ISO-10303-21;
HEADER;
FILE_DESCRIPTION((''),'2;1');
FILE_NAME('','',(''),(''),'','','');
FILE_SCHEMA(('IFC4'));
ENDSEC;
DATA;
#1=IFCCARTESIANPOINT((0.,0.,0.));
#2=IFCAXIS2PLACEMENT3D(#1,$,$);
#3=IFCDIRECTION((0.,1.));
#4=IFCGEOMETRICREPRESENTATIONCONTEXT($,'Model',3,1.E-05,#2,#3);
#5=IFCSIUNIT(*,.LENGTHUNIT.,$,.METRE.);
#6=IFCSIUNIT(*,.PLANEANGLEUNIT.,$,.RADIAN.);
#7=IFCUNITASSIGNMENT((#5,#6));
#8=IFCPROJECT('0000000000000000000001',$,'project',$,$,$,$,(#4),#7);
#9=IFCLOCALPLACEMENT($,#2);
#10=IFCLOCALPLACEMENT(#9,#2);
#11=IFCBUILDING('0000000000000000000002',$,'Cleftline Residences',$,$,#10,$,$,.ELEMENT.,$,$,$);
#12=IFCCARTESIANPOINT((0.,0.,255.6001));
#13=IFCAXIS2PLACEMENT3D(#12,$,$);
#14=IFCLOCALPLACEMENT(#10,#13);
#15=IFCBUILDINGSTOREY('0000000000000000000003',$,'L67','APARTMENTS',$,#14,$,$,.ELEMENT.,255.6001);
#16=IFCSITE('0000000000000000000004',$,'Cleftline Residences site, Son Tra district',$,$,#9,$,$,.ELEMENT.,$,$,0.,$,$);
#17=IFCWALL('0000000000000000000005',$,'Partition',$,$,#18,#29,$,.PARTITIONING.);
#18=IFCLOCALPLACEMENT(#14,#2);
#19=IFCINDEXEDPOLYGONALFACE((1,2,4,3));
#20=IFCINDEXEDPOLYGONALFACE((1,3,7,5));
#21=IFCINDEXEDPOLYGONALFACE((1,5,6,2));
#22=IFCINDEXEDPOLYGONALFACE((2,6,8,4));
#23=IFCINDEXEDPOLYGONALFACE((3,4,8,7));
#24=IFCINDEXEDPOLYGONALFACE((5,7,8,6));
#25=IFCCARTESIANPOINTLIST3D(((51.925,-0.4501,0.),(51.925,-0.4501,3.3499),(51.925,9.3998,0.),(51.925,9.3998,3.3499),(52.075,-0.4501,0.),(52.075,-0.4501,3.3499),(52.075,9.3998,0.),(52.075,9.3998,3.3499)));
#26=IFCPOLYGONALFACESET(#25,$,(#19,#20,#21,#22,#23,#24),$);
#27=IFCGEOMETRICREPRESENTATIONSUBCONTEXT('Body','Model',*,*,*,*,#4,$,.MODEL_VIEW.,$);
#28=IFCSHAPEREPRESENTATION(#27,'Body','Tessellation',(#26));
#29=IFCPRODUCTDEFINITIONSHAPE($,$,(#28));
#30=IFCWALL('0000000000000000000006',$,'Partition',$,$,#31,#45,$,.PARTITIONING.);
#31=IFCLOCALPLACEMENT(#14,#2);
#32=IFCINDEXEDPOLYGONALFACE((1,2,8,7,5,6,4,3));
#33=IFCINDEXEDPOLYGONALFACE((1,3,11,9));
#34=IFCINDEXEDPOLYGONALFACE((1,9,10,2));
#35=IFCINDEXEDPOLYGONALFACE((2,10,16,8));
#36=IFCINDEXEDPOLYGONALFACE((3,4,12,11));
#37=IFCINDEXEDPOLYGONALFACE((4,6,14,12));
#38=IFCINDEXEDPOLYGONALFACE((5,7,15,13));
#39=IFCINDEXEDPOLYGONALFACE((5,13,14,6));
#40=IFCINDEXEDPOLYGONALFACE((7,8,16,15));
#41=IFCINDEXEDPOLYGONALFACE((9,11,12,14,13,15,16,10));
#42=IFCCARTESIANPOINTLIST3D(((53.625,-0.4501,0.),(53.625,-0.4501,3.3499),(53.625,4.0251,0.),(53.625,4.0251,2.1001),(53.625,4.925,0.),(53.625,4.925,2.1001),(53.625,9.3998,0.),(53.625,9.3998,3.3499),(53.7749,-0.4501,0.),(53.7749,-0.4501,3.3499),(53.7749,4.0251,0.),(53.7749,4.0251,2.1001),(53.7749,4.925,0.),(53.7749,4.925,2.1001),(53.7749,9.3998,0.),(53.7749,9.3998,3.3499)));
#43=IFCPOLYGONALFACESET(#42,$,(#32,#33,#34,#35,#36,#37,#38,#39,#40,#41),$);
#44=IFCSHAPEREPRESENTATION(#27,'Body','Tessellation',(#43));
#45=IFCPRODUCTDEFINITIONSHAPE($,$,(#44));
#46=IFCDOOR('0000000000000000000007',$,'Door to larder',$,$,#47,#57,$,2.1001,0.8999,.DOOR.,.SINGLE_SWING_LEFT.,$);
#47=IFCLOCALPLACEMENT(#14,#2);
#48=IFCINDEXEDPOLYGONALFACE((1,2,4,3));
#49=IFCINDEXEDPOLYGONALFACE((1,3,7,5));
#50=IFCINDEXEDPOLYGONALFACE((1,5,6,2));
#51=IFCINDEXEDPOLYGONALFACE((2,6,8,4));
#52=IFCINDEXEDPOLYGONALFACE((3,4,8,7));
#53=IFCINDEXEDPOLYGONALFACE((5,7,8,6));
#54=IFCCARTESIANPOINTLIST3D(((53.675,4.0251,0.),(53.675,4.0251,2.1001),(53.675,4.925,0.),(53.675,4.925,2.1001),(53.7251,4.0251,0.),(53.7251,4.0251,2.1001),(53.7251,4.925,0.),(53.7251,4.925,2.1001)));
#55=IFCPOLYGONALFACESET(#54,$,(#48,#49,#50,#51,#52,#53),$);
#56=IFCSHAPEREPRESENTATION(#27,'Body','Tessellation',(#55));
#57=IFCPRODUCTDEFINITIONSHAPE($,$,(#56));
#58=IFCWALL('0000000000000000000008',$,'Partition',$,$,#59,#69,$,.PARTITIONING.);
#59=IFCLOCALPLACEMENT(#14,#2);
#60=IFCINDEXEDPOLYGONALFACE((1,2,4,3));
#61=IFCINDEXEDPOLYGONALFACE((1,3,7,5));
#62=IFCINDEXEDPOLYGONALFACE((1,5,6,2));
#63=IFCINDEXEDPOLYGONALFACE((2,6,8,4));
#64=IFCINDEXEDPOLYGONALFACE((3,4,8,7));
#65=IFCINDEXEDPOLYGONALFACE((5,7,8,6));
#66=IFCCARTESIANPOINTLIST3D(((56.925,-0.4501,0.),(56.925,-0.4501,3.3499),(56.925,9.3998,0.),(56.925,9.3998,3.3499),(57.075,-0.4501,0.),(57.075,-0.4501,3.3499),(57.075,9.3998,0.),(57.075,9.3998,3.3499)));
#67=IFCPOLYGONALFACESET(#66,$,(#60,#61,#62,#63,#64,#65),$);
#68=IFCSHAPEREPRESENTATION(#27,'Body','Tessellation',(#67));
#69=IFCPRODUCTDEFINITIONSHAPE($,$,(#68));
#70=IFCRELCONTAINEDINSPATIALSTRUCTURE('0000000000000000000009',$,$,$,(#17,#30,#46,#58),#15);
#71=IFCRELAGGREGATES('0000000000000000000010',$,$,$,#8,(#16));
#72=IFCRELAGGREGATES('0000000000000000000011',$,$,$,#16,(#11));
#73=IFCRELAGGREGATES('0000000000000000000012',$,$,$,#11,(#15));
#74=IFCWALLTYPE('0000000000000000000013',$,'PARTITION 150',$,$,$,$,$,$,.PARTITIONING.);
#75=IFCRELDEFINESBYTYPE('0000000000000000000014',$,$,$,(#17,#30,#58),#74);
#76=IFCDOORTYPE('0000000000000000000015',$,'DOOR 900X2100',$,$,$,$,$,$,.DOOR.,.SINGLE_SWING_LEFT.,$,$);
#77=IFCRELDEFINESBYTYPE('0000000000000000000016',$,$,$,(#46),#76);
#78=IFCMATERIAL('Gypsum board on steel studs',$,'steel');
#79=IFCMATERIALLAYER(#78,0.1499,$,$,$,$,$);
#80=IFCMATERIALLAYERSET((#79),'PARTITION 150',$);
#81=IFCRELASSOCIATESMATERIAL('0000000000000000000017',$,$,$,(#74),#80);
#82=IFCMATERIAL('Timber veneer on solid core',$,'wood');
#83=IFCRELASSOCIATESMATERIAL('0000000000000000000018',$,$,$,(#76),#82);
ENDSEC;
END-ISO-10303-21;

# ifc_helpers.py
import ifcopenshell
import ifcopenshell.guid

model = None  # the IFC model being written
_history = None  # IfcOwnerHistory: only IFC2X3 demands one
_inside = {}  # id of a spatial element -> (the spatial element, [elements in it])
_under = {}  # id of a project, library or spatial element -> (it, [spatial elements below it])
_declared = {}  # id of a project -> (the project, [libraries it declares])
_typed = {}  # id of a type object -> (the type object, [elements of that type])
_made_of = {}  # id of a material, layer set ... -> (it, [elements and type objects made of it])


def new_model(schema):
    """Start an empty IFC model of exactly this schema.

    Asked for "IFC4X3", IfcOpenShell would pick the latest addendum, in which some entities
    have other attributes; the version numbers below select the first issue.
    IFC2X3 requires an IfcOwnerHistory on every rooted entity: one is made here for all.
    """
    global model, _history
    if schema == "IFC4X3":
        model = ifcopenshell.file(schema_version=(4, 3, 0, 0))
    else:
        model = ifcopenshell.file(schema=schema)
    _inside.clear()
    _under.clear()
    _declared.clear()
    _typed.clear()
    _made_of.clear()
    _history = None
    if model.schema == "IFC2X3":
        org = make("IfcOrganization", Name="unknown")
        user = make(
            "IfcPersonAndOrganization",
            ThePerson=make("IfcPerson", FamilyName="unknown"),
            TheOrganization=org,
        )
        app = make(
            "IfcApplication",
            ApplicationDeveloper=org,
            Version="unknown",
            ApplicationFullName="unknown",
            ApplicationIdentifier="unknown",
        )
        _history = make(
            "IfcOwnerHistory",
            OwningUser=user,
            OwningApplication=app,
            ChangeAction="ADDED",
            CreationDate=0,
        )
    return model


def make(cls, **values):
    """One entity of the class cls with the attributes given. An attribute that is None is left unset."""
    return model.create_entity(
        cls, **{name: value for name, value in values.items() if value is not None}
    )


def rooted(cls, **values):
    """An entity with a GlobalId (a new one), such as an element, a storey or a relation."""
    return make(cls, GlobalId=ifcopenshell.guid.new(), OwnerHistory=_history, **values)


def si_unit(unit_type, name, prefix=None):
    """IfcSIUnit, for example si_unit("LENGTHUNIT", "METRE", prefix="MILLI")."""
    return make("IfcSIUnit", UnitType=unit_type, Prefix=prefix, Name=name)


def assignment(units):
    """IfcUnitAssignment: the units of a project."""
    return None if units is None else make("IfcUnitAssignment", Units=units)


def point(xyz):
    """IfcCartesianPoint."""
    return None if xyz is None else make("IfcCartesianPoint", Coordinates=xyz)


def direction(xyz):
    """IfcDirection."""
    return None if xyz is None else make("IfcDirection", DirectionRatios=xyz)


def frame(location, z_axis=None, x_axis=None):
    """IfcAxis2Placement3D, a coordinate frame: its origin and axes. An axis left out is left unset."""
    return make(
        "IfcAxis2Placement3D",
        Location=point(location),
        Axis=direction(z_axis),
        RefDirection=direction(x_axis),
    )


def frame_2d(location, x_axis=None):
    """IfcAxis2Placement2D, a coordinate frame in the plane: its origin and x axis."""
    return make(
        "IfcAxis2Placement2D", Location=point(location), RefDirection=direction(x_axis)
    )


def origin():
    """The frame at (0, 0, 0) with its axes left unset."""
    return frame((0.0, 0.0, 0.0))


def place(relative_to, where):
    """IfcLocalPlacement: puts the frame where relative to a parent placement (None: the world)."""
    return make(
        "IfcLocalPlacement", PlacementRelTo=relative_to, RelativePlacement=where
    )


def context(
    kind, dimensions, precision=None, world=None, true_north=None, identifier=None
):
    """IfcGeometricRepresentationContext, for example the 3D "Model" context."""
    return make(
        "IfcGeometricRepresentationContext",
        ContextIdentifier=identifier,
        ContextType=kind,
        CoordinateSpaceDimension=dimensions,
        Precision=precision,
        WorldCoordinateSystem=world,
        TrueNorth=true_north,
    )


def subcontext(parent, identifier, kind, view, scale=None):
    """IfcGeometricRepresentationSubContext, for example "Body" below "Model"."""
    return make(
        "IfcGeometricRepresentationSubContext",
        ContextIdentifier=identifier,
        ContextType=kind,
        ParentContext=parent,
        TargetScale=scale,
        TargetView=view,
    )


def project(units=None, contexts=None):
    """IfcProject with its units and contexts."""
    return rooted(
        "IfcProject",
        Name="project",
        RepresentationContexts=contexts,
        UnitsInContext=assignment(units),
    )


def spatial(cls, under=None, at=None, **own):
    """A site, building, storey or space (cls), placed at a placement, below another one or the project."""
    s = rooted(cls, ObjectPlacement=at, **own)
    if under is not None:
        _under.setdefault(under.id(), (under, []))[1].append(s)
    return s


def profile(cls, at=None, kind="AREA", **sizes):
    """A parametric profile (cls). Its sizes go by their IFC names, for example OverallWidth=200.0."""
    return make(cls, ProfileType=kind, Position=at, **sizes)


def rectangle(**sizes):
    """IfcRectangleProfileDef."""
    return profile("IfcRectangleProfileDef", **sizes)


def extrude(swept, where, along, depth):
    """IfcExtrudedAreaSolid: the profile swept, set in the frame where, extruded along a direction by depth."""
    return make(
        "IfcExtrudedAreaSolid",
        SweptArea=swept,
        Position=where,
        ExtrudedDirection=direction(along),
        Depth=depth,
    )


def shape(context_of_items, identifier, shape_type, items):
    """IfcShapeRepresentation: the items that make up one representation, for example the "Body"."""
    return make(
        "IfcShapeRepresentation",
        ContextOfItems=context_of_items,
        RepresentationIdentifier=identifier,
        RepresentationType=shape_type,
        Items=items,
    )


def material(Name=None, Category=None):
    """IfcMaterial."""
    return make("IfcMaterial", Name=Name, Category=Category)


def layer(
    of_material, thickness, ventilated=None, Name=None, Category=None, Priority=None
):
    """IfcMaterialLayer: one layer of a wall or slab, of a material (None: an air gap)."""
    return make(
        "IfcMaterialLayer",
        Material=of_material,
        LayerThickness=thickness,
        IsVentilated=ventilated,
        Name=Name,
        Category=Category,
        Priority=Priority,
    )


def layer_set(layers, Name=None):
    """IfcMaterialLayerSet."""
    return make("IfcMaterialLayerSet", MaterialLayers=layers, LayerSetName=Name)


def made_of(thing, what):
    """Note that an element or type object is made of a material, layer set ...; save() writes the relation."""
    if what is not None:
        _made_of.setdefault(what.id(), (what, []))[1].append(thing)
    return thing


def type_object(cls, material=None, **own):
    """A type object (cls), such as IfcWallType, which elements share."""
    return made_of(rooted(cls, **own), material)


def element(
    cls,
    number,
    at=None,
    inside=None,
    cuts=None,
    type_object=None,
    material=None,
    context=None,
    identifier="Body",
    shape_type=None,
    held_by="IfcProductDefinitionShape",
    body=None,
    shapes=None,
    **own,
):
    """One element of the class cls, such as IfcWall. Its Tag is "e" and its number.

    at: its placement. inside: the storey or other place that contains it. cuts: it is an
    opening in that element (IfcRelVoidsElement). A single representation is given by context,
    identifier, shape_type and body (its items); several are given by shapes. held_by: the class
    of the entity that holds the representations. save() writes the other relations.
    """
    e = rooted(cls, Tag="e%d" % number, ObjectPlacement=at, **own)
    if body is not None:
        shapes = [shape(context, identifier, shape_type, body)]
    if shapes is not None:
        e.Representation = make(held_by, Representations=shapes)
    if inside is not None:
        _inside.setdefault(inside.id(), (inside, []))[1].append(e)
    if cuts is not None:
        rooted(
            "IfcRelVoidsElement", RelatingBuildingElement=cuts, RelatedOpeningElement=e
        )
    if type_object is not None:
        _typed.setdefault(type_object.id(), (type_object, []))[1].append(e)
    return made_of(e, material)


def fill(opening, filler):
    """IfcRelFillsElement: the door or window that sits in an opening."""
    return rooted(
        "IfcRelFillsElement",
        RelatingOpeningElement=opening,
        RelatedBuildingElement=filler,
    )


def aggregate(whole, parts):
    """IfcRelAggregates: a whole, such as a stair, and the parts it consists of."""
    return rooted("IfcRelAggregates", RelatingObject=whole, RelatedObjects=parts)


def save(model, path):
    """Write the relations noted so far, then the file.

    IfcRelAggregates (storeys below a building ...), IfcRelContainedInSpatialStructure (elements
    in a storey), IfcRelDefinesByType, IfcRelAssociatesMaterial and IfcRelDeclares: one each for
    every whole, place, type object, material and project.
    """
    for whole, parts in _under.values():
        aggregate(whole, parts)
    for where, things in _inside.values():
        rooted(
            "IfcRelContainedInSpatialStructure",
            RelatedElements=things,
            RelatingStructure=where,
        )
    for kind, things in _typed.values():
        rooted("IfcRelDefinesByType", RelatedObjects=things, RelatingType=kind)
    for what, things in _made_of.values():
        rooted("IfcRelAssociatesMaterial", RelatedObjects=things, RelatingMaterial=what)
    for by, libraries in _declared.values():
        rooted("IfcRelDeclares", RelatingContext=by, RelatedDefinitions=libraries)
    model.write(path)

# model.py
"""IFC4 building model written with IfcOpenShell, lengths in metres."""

from ifc_helpers import new_model, si_unit, direction, frame, frame_2d, origin, place, context, subcontext, project, spatial, rectangle, extrude, material, layer, layer_set, type_object, element, fill, save


model = new_model("IFC4")

# Units and contexts
model_context = context("Model", 3, precision=1e-05, world=origin(), true_north=direction((0.0, 1.0)))
body_context = subcontext(model_context, "Body", "Model", "MODEL_VIEW")
ifc_project = project(units=[si_unit("LENGTHUNIT", "METRE"), si_unit("PLANEANGLEUNIT", "RADIAN")], contexts=[model_context])

# Site, building, storey
site_placement = place(None, origin())
site = spatial("IfcSite", under=ifc_project, at=site_placement, Name="Cleftline Residences site, Son Tra district", CompositionType="ELEMENT", RefElevation=0.0)
building_placement = place(site_placement, origin())
building = spatial("IfcBuilding", under=site, at=building_placement, Name="Cleftline Residences", CompositionType="ELEMENT")
storey_placement = place(building_placement, frame((0.0, 0.0, 255.6001)))
storey = spatial("IfcBuildingStorey", under=building, at=storey_placement, Name="L67", Description="APARTMENTS", CompositionType="ELEMENT", Elevation=255.6001)

# Wall
ifc_material_1 = material(Name="Gypsum board on steel studs", Category="steel")
ifc_layer_1 = layer(ifc_material_1, 0.1499)
ifc_layer_set_1 = layer_set([ifc_layer_1], Name="PARTITION 150")
wall_type_1 = type_object("IfcWallType", Name="PARTITION 150", PredefinedType="PARTITIONING", material=ifc_layer_set_1)
wall_1_placement = place(storey_placement, frame((52.0, -0.45, 0.0), z_axis=(0.0, 0.0, 1.0), x_axis=(0.0, 1.0, 0.0)))
element("IfcWall", 1, at=wall_1_placement, inside=storey, type_object=wall_type_1, Name="Partition", PredefinedType="PARTITIONING", context=body_context, shape_type="SweptSolid", body=[
    extrude(rectangle(XDim=9.8499, YDim=0.1499, at=frame_2d((4.9248, 0.0))), origin(), (0.0, 0.0, 1.0), 3.3499),
])

# Wall, opening, door
wall_2_placement = place(storey_placement, frame((53.7, -0.45, 0.0), z_axis=(0.0, 0.0, 1.0), x_axis=(0.0, 1.0, 0.0)))
wall_2 = element("IfcWall", 2, at=wall_2_placement, inside=storey, type_object=wall_type_1, Name="Partition", PredefinedType="PARTITIONING", context=body_context, shape_type="SweptSolid", body=[
    extrude(rectangle(XDim=9.8499, YDim=0.1499, at=frame_2d((4.9248, 0.0))), origin(), (0.0, 0.0, 1.0), 3.3499),
])
opening_1_placement = place(wall_2_placement, frame((4.4751, 0.0, 0.0)))
opening_1 = element("IfcOpeningElement", 3, at=opening_1_placement, cuts=wall_2, PredefinedType="OPENING", context=body_context, shape_type="SweptSolid", body=[
    extrude(rectangle(XDim=0.8999, YDim=2.1001, at=frame_2d((0.45, 1.05))), frame((0.0, 0.085, 0.0), z_axis=(0.0, -1.0, 0.0), x_axis=(1.0, 0.0, 0.0)), (0.0, 0.0, 1.0), 0.1699),
])
ifc_material_2 = material(Name="Timber veneer on solid core", Category="wood")
door_type = type_object("IfcDoorType", Name="DOOR 900X2100", OperationType="SINGLE_SWING_LEFT", PredefinedType="DOOR", material=ifc_material_2)
door_placement = place(opening_1_placement, origin())
door = element("IfcDoor", 4, at=door_placement, inside=storey, type_object=door_type, Name="Door to larder", OperationType="SINGLE_SWING_LEFT", OverallHeight=2.1001, OverallWidth=0.8999, PredefinedType="DOOR", context=body_context, shape_type="SweptSolid", body=[
    extrude(rectangle(XDim=0.8999, YDim=2.1001, at=frame_2d((0.45, 1.05))), frame((0.0, 0.0249, 0.0), z_axis=(0.0, -1.0, 0.0), x_axis=(1.0, 0.0, 0.0)), (0.0, 0.0, 1.0), 0.05),
])
fill(opening_1, door)

# Wall
wall_3_placement = place(storey_placement, frame((57.0, -0.45, 0.0), z_axis=(0.0, 0.0, 1.0), x_axis=(0.0, 1.0, 0.0)))
element("IfcWall", 5, at=wall_3_placement, inside=storey, type_object=wall_type_1, Name="Partition", PredefinedType="PARTITIONING", context=body_context, shape_type="SweptSolid", body=[
    extrude(rectangle(XDim=9.8499, YDim=0.1499, at=frame_2d((4.9248, 0.0))), origin(), (0.0, 0.0, 1.0), 3.3499),
])

save(model, "model.ifc")
